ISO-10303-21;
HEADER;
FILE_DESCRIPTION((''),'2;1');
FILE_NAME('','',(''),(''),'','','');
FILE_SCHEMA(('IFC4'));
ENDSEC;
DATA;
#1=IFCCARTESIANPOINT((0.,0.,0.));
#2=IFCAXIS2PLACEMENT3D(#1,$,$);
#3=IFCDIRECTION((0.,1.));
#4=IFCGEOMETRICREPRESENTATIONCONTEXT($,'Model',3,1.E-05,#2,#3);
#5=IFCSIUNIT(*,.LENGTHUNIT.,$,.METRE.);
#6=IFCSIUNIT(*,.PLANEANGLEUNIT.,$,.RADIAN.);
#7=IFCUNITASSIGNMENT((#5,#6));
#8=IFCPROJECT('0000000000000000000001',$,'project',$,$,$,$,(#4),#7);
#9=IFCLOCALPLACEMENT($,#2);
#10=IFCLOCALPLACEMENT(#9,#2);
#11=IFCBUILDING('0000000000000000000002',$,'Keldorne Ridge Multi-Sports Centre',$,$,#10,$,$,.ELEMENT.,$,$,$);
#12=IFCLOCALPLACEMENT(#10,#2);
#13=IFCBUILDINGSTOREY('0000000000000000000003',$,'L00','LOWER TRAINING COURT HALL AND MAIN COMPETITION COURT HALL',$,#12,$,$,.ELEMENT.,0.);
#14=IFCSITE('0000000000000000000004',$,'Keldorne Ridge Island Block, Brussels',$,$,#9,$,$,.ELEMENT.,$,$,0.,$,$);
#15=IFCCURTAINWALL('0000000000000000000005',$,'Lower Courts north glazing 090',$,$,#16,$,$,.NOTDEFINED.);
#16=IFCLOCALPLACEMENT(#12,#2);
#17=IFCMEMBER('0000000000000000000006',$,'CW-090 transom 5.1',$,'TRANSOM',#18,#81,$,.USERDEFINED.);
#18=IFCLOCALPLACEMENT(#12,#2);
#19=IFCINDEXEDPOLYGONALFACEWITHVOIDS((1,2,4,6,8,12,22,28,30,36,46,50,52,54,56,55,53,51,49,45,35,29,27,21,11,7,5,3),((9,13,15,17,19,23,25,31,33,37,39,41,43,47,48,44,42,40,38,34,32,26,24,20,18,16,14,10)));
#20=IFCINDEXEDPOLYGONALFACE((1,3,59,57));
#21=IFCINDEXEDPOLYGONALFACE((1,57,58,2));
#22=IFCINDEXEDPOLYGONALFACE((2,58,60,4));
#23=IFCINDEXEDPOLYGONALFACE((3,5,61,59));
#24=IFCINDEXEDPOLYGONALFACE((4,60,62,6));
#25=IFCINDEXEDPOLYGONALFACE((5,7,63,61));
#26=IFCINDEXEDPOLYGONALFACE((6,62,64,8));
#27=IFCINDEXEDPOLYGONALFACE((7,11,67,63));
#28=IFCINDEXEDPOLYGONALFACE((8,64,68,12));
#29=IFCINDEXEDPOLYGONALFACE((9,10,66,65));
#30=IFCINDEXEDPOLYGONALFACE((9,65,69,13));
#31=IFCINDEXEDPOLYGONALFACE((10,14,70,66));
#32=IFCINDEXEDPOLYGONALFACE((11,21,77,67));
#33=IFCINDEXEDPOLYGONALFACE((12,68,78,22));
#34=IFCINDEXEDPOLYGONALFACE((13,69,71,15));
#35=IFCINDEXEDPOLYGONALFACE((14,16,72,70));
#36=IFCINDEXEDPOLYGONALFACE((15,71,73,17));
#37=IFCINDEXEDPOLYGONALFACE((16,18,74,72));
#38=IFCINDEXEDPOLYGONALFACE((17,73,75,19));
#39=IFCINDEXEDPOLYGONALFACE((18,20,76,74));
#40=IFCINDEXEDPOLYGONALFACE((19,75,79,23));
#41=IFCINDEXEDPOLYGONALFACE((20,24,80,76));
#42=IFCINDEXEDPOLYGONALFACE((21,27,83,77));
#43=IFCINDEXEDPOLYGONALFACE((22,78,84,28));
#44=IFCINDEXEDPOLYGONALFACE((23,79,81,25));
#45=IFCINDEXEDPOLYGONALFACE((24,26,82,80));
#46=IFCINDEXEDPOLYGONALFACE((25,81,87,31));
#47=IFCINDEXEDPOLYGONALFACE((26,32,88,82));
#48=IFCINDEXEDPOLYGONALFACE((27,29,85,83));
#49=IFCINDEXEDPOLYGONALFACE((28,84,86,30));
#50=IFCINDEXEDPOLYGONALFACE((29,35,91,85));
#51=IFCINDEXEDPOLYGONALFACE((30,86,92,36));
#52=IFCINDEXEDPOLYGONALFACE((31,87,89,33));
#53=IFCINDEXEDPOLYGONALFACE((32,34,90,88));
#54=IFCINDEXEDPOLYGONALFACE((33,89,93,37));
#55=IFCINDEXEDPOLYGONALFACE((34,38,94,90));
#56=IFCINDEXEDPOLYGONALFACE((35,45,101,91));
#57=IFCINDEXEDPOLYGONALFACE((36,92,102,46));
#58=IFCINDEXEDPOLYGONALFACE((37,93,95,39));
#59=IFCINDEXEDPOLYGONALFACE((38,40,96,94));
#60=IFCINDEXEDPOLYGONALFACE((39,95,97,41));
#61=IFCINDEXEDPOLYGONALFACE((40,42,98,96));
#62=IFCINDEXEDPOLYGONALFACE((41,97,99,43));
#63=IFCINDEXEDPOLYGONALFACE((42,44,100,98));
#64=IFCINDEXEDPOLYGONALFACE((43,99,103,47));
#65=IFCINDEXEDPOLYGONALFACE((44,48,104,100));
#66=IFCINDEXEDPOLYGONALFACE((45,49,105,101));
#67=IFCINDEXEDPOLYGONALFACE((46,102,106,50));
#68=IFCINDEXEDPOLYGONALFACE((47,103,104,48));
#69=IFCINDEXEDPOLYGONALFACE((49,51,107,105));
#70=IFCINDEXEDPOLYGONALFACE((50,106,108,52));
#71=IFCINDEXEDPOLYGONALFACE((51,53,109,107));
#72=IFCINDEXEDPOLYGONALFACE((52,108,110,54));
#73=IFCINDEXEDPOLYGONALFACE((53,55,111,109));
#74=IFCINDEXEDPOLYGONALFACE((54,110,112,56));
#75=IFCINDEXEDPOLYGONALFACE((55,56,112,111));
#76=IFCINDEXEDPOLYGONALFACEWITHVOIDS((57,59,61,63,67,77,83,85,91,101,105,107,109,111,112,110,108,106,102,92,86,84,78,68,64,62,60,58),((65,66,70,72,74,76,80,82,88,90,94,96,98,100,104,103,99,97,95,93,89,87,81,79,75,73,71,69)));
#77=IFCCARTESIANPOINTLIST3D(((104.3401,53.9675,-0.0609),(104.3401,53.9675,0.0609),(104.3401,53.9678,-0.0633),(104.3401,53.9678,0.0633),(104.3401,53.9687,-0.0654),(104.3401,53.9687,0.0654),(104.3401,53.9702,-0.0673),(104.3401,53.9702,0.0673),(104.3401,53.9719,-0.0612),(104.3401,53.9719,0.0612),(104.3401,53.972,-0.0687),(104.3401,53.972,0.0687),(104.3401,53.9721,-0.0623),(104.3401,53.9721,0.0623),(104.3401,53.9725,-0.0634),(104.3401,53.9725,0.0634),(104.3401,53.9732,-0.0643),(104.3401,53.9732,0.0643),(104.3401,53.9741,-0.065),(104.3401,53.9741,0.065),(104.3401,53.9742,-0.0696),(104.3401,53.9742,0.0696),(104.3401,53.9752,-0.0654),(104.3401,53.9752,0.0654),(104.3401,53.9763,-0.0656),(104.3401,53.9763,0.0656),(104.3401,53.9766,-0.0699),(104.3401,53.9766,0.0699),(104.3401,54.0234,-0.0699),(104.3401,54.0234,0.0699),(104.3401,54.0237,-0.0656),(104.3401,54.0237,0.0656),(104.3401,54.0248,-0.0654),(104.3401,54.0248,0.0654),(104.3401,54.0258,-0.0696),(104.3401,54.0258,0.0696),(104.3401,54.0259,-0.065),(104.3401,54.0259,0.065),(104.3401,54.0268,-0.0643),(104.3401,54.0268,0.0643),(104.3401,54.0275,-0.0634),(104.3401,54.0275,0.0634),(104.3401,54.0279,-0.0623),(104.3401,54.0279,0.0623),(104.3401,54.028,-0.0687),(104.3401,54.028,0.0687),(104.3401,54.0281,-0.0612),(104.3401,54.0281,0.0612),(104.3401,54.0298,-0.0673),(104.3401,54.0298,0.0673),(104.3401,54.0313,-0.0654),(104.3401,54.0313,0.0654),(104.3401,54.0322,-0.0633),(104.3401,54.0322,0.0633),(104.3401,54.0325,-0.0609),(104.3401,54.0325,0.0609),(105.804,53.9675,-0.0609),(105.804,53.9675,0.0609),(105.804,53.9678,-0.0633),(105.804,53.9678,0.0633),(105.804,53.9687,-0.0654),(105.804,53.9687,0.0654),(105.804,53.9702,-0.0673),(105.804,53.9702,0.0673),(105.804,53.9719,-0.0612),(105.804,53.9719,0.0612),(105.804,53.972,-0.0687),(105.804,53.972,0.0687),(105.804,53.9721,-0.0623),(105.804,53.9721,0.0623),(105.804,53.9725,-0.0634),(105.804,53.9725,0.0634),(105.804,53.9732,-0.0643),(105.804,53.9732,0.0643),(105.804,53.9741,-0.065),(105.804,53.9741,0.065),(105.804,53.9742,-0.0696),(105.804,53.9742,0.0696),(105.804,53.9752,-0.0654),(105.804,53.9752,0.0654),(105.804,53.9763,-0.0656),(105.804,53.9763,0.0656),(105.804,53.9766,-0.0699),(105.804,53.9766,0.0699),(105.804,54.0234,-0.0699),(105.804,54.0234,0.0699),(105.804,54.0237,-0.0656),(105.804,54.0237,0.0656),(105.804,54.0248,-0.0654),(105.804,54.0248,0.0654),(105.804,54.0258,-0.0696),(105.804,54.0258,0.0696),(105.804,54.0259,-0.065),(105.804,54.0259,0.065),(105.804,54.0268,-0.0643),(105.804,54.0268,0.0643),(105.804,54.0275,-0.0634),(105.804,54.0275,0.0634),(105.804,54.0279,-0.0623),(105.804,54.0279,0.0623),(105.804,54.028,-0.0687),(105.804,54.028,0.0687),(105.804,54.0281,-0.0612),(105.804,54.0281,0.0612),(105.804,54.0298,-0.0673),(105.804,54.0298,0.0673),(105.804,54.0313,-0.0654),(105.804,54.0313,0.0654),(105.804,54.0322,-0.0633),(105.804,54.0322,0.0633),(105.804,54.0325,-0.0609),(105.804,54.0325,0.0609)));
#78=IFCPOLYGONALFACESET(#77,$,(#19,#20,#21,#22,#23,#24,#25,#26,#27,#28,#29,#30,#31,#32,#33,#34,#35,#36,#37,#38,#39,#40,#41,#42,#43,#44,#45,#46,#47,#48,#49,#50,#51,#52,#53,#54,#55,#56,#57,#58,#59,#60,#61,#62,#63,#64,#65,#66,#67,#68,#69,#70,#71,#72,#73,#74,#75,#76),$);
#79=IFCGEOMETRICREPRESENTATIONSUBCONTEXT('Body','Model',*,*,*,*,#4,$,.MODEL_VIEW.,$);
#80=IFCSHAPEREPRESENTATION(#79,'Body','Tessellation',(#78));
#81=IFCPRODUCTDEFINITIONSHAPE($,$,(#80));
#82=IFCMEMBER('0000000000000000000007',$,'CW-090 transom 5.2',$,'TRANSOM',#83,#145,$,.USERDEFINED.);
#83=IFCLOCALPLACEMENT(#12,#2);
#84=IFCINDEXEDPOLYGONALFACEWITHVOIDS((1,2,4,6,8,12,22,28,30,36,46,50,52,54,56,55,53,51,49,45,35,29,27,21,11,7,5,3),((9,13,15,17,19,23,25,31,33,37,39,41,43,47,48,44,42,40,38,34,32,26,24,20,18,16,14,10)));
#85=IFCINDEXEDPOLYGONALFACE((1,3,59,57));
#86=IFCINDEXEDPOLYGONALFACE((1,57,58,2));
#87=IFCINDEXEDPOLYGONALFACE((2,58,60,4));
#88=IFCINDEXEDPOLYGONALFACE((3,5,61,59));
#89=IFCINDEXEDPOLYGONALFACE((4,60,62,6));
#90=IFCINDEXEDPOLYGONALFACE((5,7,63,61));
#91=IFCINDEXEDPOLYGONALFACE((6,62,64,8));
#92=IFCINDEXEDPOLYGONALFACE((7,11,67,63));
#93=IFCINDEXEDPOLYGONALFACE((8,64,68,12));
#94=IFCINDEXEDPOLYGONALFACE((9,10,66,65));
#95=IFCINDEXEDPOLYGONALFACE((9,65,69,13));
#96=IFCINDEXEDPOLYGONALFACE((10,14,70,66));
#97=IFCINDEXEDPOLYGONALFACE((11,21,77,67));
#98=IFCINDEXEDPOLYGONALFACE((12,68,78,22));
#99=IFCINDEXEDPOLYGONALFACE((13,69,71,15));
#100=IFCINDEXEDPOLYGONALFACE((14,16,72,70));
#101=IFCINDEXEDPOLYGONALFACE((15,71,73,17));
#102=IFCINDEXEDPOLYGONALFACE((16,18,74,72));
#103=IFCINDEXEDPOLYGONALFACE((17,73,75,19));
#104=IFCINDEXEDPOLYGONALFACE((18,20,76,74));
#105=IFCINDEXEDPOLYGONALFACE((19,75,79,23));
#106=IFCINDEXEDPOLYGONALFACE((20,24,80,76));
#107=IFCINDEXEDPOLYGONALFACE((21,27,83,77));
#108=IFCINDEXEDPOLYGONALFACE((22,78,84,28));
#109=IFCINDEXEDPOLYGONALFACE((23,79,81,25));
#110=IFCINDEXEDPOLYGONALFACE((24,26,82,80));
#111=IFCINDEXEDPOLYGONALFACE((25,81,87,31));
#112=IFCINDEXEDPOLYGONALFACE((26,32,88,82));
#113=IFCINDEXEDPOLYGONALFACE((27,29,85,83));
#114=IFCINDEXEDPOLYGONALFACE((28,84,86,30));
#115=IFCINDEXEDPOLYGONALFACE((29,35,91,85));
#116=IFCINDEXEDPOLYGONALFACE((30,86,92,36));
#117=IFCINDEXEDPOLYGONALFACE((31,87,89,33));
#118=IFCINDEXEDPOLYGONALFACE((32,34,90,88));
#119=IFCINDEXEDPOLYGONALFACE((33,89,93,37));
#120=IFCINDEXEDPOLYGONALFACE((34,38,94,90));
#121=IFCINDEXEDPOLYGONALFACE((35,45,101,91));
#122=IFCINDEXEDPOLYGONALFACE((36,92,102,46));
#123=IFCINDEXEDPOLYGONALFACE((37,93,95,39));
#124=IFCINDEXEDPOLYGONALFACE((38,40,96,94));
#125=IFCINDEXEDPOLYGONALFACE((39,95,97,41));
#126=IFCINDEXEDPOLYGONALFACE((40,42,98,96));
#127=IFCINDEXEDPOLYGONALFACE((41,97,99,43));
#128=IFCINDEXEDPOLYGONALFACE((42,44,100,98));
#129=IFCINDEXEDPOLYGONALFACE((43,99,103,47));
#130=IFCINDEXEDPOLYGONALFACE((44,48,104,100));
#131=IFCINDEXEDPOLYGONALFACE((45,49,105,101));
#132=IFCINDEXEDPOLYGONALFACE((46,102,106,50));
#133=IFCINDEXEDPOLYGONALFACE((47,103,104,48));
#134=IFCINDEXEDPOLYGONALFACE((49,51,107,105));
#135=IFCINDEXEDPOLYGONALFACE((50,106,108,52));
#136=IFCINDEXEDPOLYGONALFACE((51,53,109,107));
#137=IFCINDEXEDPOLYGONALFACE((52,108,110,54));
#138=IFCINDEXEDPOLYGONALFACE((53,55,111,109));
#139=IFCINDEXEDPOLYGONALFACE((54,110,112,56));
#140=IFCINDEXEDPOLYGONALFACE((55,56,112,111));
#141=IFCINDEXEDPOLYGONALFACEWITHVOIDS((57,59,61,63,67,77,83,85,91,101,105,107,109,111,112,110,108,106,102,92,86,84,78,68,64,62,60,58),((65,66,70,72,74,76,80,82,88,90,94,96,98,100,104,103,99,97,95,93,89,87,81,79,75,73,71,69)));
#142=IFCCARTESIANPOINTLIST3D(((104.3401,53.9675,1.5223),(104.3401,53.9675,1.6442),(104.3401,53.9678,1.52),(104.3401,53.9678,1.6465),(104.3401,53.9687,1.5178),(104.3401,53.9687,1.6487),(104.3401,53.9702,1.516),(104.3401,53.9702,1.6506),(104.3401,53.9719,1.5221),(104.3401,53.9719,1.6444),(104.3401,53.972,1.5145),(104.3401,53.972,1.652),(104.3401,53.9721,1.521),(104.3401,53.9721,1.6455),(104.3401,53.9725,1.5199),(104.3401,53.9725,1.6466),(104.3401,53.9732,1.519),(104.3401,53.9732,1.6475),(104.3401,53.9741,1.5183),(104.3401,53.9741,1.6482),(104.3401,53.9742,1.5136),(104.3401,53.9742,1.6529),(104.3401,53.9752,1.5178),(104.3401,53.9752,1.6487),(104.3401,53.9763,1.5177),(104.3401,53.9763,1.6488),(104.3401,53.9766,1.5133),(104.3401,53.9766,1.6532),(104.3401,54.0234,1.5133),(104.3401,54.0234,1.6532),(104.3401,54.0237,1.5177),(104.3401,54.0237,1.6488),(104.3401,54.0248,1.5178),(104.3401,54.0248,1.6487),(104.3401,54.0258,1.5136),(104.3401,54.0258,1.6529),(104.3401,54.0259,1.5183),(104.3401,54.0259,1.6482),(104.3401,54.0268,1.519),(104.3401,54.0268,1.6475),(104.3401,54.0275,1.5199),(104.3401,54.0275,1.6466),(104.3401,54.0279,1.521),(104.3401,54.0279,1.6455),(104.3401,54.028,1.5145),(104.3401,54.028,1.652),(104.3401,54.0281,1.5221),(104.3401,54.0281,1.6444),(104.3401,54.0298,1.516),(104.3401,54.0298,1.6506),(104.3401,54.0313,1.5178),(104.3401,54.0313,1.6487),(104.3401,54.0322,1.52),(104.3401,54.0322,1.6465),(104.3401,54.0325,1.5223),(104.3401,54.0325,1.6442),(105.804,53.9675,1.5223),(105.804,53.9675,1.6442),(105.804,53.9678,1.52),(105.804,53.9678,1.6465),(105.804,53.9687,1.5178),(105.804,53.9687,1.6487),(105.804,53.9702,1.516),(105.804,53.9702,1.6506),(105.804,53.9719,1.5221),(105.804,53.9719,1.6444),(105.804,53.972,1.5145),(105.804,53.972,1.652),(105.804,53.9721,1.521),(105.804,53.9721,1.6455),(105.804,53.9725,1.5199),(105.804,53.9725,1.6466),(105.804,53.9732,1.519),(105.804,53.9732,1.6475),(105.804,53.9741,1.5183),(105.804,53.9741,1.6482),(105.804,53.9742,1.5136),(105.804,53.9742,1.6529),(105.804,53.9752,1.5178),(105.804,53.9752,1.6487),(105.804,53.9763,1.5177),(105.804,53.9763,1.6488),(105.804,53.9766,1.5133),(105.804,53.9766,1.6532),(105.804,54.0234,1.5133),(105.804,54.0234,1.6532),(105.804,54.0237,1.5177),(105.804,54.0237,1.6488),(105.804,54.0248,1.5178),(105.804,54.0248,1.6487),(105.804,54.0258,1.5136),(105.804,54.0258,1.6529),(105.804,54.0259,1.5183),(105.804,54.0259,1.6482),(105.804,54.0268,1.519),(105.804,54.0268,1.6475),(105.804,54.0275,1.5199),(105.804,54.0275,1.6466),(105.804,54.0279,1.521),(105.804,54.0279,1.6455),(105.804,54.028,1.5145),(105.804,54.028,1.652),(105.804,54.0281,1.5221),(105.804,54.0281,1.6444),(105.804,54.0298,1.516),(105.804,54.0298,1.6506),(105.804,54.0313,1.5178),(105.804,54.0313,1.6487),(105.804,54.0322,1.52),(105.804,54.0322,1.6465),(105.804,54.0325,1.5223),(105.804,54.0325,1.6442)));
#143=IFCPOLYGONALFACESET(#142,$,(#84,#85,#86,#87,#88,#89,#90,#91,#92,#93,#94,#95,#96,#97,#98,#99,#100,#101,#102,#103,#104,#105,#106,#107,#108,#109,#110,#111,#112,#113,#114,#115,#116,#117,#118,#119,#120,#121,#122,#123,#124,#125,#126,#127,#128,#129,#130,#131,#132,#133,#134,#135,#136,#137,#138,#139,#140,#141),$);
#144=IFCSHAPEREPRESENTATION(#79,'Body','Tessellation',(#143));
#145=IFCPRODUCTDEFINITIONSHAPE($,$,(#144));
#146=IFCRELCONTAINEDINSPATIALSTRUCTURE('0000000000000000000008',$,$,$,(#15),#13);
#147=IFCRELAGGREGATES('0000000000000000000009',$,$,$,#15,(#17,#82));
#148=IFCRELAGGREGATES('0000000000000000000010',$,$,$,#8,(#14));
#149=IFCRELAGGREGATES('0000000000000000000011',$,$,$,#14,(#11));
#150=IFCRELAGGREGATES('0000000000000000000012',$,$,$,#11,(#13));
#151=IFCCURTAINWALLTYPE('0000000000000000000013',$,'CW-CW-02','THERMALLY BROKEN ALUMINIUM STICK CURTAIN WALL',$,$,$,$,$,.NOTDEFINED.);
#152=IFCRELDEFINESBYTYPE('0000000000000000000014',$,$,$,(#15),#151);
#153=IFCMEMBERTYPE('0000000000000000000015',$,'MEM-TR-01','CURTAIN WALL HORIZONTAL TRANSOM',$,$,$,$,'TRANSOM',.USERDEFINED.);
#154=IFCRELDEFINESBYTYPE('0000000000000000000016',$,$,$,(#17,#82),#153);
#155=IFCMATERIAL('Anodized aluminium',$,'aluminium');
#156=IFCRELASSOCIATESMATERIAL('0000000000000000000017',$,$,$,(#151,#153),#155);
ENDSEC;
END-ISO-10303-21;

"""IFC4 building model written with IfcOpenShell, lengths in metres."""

from ifc_helpers import new_model, si_unit, direction, frame, origin, origin_2d, place, context, subcontext, project, spatial, hollow_rectangle, extrude, material, material_profile, profile_set, type_object, element, aggregate, save


model = new_model("IFC4")

# Units and contexts
model_context = context("Model", 3, precision=1e-05, world=origin(), true_north=direction((0.0, 1.0)))
body_context = subcontext(model_context, "Body", "Model", "MODEL_VIEW")
ifc_project = project(units=[si_unit("LENGTHUNIT", "METRE"), si_unit("PLANEANGLEUNIT", "RADIAN")], contexts=[model_context])

# Site, building, storey
site_placement = place(None, origin())
site = spatial("IfcSite", under=ifc_project, at=site_placement, Name="Keldorne Ridge Island Block, Brussels", CompositionType="ELEMENT", RefElevation=0.0)
building_placement = place(site_placement, origin())
building = spatial("IfcBuilding", under=site, at=building_placement, Name="Keldorne Ridge Multi-Sports Centre", CompositionType="ELEMENT")
storey_placement = place(building_placement, origin())
storey = spatial("IfcBuildingStorey", under=building, at=storey_placement, Name="L00", Description="LOWER TRAINING COURT HALL AND MAIN COMPETITION COURT HALL", CompositionType="ELEMENT", Elevation=0.0)

# Curtain wall, members
ifc_material_1 = material(Name="Anodized aluminium", Category="aluminium")
curtain_wall_type = type_object("IfcCurtainWallType", Name="CW-CW-02", Description="THERMALLY BROKEN ALUMINIUM STICK CURTAIN WALL", PredefinedType="NOTDEFINED", material=ifc_material_1)
curtain_wall_placement = place(storey_placement, origin())
curtain_wall = element("IfcCurtainWall", 1, at=curtain_wall_placement, inside=storey, type_object=curtain_wall_type, Name="Lower Courts north glazing 090", PredefinedType="NOTDEFINED")
ifc_material_profile_1 = material_profile(ifc_material_1, hollow_rectangle(XDim=0.0649, YDim=0.1399, WallThickness=0.0044, InnerFilletRadius=0.0044, OuterFilletRadius=0.009, at=origin_2d()), Name="ALU TRANSOM 140x65x4.5")
ifc_profile_set_1 = profile_set([ifc_material_profile_1], Name="Anodized aluminium")
member_type_1 = type_object("IfcMemberType", Name="MEM-TR-01", Description="CURTAIN WALL HORIZONTAL TRANSOM", ElementType="TRANSOM", PredefinedType="USERDEFINED", material=ifc_profile_set_1)
member_1_placement = place(storey_placement, frame((105.804, 54.0, 0.0), z_axis=(-1.0, 0.0, 0.0), x_axis=(0.0, -1.0, 0.0)))
member_1 = element("IfcMember", 2, at=member_1_placement, type_object=member_type_1, Name="CW-090 transom 5.1", ObjectType="TRANSOM", PredefinedType="USERDEFINED", context=body_context, shape_type="SweptSolid", body=[
    extrude(hollow_rectangle(XDim=0.0649, YDim=0.1399, WallThickness=0.0044, InnerFilletRadius=0.0044, OuterFilletRadius=0.009, at=origin_2d()), origin(), (0.0, 0.0, 1.0), 1.4639),
])
member_2_placement = place(storey_placement, frame((105.804, 54.0, 1.5833), z_axis=(-1.0, 0.0, 0.0), x_axis=(0.0, -1.0, 0.0)))
member_2 = element("IfcMember", 3, at=member_2_placement, type_object=member_type_1, Name="CW-090 transom 5.2", ObjectType="TRANSOM", PredefinedType="USERDEFINED", context=body_context, shape_type="SweptSolid", body=[
    extrude(hollow_rectangle(XDim=0.0649, YDim=0.1399, WallThickness=0.0044, InnerFilletRadius=0.0044, OuterFilletRadius=0.009, at=origin_2d()), origin(), (0.0, 0.0, 1.0), 1.4639),
])
aggregate(curtain_wall, [member_1, member_2])

save(model, "model.ifc")
